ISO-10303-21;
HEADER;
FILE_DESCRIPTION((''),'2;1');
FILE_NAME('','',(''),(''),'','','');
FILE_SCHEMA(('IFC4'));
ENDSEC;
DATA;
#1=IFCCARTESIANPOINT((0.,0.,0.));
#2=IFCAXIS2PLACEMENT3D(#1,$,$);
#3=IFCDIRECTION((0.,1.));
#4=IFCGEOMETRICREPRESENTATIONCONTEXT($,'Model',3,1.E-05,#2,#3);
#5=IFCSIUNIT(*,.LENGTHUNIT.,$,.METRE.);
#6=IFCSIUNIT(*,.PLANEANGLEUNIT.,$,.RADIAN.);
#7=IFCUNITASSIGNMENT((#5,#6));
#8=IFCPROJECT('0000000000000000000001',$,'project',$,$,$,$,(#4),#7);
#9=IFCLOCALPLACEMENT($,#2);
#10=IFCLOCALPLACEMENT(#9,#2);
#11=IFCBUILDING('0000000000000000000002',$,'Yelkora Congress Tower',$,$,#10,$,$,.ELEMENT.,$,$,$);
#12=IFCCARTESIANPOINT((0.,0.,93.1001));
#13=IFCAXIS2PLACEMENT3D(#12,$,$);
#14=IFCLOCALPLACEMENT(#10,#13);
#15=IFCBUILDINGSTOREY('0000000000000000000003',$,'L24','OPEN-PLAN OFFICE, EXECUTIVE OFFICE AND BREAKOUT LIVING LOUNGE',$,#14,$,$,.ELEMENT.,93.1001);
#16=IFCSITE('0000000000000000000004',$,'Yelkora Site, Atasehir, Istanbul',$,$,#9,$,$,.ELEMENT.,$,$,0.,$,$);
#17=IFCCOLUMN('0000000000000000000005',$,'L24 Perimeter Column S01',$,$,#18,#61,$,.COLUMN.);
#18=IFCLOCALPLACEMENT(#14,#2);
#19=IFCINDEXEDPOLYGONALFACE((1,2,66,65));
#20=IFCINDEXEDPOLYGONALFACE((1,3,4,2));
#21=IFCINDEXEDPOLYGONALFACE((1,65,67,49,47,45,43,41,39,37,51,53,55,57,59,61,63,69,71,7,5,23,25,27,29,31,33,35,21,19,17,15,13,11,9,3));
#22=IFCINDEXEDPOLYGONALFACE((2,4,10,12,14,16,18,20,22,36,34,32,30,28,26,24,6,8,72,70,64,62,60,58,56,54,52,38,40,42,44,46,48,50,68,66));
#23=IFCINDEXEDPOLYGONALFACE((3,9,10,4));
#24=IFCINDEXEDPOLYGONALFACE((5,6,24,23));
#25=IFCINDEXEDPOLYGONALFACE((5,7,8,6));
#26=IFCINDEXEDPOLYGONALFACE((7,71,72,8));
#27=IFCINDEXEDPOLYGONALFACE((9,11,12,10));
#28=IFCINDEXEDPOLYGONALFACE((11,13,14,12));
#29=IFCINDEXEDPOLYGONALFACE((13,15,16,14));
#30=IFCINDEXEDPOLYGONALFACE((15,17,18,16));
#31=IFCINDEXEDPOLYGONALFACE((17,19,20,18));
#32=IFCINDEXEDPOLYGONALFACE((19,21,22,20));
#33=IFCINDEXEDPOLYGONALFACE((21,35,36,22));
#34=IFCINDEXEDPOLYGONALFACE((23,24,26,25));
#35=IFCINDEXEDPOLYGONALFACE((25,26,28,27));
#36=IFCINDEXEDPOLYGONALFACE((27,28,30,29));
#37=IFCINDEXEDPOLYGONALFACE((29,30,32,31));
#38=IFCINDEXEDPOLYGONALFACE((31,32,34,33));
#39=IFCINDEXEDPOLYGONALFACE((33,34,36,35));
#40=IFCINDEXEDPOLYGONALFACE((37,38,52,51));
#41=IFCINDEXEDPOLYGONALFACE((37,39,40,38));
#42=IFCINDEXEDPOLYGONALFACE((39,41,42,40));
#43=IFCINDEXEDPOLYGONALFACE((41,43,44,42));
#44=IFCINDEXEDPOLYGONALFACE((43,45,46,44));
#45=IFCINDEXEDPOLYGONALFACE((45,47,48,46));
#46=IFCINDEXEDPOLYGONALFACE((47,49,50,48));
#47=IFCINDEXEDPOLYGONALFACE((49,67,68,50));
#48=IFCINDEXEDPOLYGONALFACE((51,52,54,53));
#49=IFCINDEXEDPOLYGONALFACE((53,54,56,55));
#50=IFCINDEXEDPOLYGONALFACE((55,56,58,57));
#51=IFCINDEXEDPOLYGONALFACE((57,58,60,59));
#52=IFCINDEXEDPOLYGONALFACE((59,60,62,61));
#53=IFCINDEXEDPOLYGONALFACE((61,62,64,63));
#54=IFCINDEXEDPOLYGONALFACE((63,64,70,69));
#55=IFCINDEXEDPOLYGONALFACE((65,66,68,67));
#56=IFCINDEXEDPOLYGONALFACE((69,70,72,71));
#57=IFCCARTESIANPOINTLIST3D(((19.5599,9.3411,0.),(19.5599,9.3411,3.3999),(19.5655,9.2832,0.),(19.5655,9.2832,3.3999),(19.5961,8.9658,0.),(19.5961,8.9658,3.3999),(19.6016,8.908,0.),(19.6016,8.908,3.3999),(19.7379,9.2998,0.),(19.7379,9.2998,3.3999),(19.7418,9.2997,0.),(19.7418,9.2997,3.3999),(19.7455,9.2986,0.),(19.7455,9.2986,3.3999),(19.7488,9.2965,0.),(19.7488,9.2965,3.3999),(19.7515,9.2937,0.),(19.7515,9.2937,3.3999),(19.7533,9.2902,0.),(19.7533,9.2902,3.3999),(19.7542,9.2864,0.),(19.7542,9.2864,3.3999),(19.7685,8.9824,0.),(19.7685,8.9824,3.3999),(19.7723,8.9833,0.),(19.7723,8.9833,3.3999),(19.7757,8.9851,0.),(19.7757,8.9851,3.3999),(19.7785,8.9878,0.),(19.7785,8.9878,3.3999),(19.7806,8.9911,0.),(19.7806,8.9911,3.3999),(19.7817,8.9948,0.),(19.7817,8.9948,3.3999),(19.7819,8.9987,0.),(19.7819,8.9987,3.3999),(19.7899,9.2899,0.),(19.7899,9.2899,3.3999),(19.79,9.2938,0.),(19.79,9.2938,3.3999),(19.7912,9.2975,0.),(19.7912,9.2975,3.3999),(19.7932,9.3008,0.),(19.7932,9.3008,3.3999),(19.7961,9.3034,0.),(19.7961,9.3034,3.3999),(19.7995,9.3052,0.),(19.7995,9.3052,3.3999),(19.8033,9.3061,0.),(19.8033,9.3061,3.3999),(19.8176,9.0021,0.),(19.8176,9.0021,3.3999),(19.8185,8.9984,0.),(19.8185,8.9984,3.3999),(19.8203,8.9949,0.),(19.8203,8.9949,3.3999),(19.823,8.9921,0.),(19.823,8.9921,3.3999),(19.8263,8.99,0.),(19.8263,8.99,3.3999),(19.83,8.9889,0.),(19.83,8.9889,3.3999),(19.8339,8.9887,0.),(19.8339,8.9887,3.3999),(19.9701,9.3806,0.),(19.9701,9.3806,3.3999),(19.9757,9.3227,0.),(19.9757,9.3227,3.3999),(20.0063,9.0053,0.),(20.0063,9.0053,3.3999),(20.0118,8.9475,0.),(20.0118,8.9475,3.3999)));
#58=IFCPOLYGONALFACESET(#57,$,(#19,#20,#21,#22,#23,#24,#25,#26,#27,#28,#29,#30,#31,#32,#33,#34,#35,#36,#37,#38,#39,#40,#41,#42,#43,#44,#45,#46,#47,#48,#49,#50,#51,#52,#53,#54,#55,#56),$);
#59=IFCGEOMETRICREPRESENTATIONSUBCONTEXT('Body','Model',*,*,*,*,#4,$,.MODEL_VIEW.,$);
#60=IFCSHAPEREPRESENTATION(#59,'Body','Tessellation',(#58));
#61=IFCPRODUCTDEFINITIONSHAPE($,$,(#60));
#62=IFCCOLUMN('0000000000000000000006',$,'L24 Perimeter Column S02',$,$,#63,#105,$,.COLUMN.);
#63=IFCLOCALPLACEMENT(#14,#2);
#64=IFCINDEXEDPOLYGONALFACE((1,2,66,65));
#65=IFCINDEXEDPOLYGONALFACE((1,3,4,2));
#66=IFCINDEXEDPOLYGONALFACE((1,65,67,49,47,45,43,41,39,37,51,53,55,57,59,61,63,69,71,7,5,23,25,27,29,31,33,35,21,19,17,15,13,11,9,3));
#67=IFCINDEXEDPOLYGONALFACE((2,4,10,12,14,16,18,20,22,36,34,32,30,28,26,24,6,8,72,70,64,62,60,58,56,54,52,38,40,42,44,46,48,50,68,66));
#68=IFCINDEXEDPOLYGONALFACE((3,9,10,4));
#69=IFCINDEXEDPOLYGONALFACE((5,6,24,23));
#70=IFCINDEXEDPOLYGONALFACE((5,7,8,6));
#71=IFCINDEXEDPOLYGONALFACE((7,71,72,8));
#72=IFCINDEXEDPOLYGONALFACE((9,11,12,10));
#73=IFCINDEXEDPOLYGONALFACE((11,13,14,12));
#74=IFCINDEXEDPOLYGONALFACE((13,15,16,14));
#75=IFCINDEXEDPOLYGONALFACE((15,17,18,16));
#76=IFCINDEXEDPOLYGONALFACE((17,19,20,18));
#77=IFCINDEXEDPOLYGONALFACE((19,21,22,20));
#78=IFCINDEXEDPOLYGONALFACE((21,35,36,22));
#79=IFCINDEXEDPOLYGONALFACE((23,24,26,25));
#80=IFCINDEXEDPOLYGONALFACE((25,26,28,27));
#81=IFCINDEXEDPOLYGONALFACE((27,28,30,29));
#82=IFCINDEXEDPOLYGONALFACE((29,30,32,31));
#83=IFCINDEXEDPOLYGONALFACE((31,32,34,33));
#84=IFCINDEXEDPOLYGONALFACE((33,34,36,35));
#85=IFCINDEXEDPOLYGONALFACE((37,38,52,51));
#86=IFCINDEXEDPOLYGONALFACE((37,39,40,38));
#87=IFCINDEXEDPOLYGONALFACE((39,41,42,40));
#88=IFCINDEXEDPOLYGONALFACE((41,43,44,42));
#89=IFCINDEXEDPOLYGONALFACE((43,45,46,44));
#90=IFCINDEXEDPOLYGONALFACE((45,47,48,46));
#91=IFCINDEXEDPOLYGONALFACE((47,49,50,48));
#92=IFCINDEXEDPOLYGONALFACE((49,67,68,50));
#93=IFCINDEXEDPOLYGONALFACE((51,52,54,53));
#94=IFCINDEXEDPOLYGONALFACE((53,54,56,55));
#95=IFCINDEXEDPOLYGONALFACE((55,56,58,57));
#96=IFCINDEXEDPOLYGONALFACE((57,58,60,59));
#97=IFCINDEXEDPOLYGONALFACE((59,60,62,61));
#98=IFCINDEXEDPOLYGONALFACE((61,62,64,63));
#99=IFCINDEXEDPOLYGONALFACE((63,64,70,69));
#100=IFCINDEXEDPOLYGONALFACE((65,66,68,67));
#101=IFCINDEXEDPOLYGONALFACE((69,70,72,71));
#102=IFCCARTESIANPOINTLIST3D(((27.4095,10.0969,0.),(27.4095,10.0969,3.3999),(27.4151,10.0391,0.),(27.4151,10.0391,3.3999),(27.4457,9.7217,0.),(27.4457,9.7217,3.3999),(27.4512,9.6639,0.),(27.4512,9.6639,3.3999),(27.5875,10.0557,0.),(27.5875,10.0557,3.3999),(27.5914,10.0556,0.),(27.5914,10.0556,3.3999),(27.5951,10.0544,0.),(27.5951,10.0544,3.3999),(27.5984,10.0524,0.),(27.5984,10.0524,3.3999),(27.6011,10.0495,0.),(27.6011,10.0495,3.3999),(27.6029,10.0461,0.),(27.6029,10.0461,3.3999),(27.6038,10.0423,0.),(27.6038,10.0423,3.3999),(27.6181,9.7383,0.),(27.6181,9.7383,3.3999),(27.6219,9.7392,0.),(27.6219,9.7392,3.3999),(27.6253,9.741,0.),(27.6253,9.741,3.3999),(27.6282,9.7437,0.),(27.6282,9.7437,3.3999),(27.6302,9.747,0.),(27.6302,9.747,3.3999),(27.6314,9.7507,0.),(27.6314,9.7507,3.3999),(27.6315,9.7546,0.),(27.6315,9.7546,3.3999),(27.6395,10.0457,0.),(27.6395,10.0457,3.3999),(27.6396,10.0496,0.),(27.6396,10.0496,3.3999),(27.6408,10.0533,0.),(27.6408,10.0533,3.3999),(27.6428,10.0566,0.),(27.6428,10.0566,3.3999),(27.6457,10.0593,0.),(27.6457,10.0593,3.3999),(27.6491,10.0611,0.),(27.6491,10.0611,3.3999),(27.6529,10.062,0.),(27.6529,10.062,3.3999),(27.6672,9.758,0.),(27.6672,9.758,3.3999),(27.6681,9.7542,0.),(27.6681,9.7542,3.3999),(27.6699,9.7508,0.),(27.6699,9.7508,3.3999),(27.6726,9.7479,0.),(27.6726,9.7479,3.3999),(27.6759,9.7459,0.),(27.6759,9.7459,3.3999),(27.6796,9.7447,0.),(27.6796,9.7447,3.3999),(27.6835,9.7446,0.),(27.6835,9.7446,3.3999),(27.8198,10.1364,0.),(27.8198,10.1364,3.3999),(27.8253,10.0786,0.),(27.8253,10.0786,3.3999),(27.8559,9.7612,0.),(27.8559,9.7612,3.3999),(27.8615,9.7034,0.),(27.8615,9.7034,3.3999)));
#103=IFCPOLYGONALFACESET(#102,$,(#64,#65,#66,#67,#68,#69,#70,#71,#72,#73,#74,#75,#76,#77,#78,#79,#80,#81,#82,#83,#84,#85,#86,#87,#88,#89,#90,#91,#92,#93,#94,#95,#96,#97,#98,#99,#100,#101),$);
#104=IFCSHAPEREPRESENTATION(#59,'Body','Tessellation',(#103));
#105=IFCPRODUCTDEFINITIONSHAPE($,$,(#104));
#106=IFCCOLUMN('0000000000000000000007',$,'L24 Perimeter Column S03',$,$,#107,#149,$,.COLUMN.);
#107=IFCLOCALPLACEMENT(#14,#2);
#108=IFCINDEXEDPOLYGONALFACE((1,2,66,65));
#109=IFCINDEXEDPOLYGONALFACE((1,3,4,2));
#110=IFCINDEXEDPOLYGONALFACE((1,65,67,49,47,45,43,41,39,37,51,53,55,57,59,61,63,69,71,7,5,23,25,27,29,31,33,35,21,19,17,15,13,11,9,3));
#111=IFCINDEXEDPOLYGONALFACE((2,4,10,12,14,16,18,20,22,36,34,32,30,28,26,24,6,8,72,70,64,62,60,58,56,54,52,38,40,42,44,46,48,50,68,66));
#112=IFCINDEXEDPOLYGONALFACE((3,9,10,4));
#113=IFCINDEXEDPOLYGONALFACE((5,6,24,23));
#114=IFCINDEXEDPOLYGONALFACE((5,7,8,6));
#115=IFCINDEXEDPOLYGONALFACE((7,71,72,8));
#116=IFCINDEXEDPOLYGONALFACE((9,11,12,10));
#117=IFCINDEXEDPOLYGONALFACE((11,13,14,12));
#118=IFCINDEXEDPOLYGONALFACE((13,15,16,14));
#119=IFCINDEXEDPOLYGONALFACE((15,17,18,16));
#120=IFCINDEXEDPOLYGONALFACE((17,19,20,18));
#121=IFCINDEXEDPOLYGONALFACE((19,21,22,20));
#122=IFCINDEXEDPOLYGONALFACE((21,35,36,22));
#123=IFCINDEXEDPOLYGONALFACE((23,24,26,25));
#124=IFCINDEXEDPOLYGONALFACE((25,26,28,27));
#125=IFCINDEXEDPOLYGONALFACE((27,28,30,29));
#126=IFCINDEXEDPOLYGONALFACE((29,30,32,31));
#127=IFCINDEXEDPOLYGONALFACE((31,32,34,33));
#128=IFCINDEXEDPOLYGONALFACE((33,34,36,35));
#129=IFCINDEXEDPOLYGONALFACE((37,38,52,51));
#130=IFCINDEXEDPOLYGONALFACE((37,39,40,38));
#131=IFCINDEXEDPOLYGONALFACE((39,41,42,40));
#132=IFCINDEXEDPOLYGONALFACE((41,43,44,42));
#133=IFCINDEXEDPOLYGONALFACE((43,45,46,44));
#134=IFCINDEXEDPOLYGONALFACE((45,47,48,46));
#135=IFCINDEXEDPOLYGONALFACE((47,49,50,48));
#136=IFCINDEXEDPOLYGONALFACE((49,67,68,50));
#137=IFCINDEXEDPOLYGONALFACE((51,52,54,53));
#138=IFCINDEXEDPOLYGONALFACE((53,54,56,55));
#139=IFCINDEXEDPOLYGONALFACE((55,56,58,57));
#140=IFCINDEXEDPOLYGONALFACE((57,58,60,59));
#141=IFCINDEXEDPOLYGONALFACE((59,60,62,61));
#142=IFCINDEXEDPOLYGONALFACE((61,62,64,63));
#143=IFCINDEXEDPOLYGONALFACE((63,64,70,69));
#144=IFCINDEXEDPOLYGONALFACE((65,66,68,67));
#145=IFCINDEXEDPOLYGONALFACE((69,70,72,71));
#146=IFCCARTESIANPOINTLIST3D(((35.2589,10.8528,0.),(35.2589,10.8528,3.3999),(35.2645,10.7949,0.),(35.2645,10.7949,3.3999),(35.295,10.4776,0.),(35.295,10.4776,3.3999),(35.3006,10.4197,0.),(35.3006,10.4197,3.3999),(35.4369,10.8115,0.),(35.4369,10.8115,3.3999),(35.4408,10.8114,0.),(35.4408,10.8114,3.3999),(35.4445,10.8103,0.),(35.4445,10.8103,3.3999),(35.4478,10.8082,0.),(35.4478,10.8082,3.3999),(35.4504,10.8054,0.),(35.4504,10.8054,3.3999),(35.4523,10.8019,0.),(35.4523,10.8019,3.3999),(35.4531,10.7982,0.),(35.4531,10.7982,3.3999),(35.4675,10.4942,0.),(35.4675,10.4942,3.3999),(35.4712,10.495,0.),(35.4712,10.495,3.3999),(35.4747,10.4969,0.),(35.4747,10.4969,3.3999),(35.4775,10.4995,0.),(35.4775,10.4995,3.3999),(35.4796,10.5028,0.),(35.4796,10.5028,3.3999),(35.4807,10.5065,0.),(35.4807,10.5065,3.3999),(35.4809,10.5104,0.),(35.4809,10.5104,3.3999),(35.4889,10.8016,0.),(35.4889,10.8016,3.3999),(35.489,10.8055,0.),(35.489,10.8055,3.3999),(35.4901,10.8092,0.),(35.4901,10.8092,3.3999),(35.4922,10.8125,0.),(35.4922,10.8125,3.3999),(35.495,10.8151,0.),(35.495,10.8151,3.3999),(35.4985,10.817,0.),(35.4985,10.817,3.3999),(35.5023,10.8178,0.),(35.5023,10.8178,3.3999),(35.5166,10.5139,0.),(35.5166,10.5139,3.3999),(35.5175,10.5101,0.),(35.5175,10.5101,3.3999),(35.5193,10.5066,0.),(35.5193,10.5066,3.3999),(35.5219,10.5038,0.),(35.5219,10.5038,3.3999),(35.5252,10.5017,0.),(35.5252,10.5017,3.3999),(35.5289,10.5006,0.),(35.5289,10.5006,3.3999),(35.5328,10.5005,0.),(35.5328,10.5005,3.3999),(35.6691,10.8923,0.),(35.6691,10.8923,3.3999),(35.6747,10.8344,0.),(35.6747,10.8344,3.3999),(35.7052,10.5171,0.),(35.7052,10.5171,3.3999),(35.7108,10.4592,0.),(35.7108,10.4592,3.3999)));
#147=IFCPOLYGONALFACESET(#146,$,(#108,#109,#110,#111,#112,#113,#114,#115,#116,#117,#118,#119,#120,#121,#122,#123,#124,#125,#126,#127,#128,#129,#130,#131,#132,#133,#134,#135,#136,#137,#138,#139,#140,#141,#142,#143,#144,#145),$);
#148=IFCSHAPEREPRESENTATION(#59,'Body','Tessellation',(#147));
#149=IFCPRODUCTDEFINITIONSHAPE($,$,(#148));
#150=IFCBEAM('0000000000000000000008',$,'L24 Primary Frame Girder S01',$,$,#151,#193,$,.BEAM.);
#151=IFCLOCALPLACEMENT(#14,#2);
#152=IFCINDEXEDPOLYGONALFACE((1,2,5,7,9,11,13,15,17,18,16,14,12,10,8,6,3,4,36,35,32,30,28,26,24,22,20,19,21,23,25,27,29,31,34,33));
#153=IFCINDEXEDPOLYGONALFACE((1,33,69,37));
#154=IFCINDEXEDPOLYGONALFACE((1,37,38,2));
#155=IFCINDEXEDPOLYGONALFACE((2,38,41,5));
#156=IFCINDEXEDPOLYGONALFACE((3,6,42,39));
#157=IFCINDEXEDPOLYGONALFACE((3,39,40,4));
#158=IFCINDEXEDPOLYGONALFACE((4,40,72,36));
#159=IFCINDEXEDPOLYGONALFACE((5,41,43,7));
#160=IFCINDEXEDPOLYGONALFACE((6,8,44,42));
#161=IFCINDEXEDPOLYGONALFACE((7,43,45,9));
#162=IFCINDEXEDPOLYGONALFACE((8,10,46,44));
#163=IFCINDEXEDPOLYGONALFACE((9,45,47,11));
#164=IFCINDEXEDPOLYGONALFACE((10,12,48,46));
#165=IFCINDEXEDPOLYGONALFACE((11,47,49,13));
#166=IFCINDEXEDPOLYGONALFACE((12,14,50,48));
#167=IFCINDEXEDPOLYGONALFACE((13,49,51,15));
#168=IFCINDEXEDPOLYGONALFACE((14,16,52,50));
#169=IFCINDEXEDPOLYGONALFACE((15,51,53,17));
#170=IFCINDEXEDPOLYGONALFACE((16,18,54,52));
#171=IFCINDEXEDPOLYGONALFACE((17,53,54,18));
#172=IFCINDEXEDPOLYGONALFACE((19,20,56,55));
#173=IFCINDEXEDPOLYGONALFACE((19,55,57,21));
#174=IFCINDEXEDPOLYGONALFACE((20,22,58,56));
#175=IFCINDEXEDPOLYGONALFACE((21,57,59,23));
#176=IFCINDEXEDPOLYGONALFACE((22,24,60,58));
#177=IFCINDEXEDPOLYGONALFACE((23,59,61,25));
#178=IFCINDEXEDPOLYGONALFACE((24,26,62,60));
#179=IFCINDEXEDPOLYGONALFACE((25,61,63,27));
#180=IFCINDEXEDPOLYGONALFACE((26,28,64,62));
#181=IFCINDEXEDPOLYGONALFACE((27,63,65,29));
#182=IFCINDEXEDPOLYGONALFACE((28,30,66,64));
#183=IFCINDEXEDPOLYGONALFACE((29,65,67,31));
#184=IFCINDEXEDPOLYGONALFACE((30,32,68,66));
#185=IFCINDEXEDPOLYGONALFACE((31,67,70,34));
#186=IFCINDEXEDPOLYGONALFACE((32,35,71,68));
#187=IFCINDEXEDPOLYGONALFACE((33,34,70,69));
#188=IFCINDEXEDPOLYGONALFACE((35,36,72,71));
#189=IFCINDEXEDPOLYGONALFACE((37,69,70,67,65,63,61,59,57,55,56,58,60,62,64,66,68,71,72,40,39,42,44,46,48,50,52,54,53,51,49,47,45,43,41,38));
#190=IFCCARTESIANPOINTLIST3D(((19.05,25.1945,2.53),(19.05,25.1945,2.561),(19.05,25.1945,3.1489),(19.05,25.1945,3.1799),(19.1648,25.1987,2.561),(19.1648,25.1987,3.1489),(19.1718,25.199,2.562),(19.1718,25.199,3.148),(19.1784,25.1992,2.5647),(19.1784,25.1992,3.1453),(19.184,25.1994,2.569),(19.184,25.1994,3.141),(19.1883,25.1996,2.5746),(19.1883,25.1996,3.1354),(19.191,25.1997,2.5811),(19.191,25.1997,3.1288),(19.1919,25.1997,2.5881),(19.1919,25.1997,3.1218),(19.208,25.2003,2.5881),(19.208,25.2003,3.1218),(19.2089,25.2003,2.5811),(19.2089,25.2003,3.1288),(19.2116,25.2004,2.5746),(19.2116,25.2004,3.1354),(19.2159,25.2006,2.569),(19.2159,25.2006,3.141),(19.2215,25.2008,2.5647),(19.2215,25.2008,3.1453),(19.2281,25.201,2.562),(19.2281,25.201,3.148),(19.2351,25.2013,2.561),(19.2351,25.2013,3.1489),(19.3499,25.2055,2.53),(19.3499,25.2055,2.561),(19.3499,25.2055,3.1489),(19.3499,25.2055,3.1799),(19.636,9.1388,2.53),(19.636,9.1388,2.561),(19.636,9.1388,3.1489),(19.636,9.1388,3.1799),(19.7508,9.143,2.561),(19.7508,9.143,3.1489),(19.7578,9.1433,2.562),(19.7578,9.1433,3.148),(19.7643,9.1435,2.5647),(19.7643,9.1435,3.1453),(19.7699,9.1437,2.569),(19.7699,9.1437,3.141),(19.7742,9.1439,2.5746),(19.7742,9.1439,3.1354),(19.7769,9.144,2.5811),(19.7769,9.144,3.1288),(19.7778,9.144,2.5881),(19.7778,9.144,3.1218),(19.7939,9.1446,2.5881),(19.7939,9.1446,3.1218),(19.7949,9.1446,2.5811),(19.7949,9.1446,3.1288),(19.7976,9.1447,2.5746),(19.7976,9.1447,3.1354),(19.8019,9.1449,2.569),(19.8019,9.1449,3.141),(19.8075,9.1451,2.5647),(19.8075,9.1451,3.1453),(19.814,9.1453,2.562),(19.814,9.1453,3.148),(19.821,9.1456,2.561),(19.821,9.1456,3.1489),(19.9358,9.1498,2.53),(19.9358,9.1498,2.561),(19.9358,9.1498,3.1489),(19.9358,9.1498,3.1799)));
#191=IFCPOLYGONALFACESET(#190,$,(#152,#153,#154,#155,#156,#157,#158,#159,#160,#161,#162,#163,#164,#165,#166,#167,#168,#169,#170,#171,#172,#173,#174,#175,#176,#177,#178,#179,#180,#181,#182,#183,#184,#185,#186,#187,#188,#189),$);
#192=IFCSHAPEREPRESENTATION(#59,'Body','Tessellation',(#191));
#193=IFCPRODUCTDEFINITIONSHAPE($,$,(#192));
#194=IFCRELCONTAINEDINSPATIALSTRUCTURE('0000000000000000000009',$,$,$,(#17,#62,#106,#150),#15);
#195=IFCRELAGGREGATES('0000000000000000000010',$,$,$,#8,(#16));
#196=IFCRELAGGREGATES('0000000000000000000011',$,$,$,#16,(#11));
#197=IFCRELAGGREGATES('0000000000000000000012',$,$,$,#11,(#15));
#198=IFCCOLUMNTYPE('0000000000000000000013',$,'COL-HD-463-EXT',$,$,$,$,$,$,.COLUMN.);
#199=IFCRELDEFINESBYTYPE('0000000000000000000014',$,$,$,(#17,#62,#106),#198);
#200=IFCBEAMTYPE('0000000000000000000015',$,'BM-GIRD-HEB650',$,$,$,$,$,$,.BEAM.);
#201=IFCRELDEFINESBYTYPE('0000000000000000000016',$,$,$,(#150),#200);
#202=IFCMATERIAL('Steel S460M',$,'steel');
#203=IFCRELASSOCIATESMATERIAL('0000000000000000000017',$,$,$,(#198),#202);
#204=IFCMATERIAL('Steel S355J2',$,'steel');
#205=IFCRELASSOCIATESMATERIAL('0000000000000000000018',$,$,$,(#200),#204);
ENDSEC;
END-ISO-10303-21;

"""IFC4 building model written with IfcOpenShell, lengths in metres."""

from ifc_helpers import new_model, si_unit, direction, frame, origin, origin_2d, place, context, subcontext, project, spatial, i_section, extrude, material, material_profile, profile_set, type_object, element, save


model = new_model("IFC4")

# Units and contexts
model_context = context("Model", 3, precision=1e-05, world=origin(), true_north=direction((0.0, 1.0)))
body_context = subcontext(model_context, "Body", "Model", "MODEL_VIEW")
ifc_project = project(units=[si_unit("LENGTHUNIT", "METRE"), si_unit("PLANEANGLEUNIT", "RADIAN")], contexts=[model_context])

# Site, building, storey
site_placement = place(None, origin())
site = spatial("IfcSite", under=ifc_project, at=site_placement, Name="Yelkora Site, Atasehir, Istanbul", CompositionType="ELEMENT", RefElevation=0.0)
building_placement = place(site_placement, origin())
building = spatial("IfcBuilding", under=site, at=building_placement, Name="Yelkora Congress Tower", CompositionType="ELEMENT")
storey_placement = place(building_placement, frame((0.0, 0.0, 93.1001)))
storey = spatial("IfcBuildingStorey", under=building, at=storey_placement, Name="L24", Description="OPEN-PLAN OFFICE, EXECUTIVE OFFICE AND BREAKOUT LIVING LOUNGE", CompositionType="ELEMENT", Elevation=93.1001)

# Columns
ifc_material_1 = material(Name="Steel S460M", Category="steel")
ifc_material_profile_1 = material_profile(ifc_material_1, i_section(OverallWidth=0.4121, OverallDepth=0.4351, WebThickness=0.0359, FlangeThickness=0.0581, FilletRadius=0.0149, at=origin_2d()), Name="HD 400x463")
ifc_profile_set_1 = profile_set([ifc_material_profile_1], Name="Steel S460M")
column_type = type_object("IfcColumnType", Name="COL-HD-463-EXT", PredefinedType="COLUMN", material=ifc_profile_set_1)
for number, where, z_axis, x_axis, name in (
    (1, (19.7859, 9.1443, 0.0), (0.0, 0.0, 1.0), (0.995396, 0.095846, 0.0), "L24 Perimeter Column S01"),
    (2, (27.6355, 9.9001, 0.0), (0.0, 0.0, 1.0), (0.995396, 0.095846, 0.0), "L24 Perimeter Column S02"),
    (3, (35.4849, 10.656, 0.0), (0.0, 0.0, 1.0), (0.995396, 0.095846, 0.0), "L24 Perimeter Column S03"),
):
    element("IfcColumn", number, at=place(storey_placement, frame(where, z_axis=z_axis, x_axis=x_axis)), inside=storey, type_object=column_type, Name=name, PredefinedType="COLUMN", context=body_context, shape_type="SweptSolid", body=[
        extrude(i_section(OverallWidth=0.4121, OverallDepth=0.4351, WebThickness=0.0359, FlangeThickness=0.0581, FilletRadius=0.0149, at=origin_2d()), origin(), (0.0, 0.0, 1.0), 3.3999),
    ])

# Beam
ifc_material_2 = material(Name="Steel S355J2", Category="steel")
ifc_material_profile_2 = material_profile(ifc_material_2, i_section(OverallWidth=0.3, OverallDepth=0.6499, WebThickness=0.0161, FlangeThickness=0.031, FilletRadius=0.0271, at=origin_2d()), Name="HEB 650")
ifc_profile_set_2 = profile_set([ifc_material_profile_2], Name="Steel S355J2")
beam_type_1 = type_object("IfcBeamType", Name="BM-GIRD-HEB650", PredefinedType="BEAM", material=ifc_profile_set_2)
beam_1_placement = place(storey_placement, frame((19.7859, 9.1443, 2.855), z_axis=(-0.03647, 0.999335, 0.0), x_axis=(-0.999335, -0.03647, 0.0)))
element("IfcBeam", 4, at=beam_1_placement, inside=storey, type_object=beam_type_1, Name="L24 Primary Frame Girder S01", PredefinedType="BEAM", context=body_context, shape_type="SweptSolid", body=[
    extrude(i_section(OverallWidth=0.3, OverallDepth=0.6499, WebThickness=0.0161, FlangeThickness=0.031, FilletRadius=0.0271, at=origin_2d()), origin(), (0.0, 0.0, 1.0), 16.0664),
])

save(model, "model.ifc")
